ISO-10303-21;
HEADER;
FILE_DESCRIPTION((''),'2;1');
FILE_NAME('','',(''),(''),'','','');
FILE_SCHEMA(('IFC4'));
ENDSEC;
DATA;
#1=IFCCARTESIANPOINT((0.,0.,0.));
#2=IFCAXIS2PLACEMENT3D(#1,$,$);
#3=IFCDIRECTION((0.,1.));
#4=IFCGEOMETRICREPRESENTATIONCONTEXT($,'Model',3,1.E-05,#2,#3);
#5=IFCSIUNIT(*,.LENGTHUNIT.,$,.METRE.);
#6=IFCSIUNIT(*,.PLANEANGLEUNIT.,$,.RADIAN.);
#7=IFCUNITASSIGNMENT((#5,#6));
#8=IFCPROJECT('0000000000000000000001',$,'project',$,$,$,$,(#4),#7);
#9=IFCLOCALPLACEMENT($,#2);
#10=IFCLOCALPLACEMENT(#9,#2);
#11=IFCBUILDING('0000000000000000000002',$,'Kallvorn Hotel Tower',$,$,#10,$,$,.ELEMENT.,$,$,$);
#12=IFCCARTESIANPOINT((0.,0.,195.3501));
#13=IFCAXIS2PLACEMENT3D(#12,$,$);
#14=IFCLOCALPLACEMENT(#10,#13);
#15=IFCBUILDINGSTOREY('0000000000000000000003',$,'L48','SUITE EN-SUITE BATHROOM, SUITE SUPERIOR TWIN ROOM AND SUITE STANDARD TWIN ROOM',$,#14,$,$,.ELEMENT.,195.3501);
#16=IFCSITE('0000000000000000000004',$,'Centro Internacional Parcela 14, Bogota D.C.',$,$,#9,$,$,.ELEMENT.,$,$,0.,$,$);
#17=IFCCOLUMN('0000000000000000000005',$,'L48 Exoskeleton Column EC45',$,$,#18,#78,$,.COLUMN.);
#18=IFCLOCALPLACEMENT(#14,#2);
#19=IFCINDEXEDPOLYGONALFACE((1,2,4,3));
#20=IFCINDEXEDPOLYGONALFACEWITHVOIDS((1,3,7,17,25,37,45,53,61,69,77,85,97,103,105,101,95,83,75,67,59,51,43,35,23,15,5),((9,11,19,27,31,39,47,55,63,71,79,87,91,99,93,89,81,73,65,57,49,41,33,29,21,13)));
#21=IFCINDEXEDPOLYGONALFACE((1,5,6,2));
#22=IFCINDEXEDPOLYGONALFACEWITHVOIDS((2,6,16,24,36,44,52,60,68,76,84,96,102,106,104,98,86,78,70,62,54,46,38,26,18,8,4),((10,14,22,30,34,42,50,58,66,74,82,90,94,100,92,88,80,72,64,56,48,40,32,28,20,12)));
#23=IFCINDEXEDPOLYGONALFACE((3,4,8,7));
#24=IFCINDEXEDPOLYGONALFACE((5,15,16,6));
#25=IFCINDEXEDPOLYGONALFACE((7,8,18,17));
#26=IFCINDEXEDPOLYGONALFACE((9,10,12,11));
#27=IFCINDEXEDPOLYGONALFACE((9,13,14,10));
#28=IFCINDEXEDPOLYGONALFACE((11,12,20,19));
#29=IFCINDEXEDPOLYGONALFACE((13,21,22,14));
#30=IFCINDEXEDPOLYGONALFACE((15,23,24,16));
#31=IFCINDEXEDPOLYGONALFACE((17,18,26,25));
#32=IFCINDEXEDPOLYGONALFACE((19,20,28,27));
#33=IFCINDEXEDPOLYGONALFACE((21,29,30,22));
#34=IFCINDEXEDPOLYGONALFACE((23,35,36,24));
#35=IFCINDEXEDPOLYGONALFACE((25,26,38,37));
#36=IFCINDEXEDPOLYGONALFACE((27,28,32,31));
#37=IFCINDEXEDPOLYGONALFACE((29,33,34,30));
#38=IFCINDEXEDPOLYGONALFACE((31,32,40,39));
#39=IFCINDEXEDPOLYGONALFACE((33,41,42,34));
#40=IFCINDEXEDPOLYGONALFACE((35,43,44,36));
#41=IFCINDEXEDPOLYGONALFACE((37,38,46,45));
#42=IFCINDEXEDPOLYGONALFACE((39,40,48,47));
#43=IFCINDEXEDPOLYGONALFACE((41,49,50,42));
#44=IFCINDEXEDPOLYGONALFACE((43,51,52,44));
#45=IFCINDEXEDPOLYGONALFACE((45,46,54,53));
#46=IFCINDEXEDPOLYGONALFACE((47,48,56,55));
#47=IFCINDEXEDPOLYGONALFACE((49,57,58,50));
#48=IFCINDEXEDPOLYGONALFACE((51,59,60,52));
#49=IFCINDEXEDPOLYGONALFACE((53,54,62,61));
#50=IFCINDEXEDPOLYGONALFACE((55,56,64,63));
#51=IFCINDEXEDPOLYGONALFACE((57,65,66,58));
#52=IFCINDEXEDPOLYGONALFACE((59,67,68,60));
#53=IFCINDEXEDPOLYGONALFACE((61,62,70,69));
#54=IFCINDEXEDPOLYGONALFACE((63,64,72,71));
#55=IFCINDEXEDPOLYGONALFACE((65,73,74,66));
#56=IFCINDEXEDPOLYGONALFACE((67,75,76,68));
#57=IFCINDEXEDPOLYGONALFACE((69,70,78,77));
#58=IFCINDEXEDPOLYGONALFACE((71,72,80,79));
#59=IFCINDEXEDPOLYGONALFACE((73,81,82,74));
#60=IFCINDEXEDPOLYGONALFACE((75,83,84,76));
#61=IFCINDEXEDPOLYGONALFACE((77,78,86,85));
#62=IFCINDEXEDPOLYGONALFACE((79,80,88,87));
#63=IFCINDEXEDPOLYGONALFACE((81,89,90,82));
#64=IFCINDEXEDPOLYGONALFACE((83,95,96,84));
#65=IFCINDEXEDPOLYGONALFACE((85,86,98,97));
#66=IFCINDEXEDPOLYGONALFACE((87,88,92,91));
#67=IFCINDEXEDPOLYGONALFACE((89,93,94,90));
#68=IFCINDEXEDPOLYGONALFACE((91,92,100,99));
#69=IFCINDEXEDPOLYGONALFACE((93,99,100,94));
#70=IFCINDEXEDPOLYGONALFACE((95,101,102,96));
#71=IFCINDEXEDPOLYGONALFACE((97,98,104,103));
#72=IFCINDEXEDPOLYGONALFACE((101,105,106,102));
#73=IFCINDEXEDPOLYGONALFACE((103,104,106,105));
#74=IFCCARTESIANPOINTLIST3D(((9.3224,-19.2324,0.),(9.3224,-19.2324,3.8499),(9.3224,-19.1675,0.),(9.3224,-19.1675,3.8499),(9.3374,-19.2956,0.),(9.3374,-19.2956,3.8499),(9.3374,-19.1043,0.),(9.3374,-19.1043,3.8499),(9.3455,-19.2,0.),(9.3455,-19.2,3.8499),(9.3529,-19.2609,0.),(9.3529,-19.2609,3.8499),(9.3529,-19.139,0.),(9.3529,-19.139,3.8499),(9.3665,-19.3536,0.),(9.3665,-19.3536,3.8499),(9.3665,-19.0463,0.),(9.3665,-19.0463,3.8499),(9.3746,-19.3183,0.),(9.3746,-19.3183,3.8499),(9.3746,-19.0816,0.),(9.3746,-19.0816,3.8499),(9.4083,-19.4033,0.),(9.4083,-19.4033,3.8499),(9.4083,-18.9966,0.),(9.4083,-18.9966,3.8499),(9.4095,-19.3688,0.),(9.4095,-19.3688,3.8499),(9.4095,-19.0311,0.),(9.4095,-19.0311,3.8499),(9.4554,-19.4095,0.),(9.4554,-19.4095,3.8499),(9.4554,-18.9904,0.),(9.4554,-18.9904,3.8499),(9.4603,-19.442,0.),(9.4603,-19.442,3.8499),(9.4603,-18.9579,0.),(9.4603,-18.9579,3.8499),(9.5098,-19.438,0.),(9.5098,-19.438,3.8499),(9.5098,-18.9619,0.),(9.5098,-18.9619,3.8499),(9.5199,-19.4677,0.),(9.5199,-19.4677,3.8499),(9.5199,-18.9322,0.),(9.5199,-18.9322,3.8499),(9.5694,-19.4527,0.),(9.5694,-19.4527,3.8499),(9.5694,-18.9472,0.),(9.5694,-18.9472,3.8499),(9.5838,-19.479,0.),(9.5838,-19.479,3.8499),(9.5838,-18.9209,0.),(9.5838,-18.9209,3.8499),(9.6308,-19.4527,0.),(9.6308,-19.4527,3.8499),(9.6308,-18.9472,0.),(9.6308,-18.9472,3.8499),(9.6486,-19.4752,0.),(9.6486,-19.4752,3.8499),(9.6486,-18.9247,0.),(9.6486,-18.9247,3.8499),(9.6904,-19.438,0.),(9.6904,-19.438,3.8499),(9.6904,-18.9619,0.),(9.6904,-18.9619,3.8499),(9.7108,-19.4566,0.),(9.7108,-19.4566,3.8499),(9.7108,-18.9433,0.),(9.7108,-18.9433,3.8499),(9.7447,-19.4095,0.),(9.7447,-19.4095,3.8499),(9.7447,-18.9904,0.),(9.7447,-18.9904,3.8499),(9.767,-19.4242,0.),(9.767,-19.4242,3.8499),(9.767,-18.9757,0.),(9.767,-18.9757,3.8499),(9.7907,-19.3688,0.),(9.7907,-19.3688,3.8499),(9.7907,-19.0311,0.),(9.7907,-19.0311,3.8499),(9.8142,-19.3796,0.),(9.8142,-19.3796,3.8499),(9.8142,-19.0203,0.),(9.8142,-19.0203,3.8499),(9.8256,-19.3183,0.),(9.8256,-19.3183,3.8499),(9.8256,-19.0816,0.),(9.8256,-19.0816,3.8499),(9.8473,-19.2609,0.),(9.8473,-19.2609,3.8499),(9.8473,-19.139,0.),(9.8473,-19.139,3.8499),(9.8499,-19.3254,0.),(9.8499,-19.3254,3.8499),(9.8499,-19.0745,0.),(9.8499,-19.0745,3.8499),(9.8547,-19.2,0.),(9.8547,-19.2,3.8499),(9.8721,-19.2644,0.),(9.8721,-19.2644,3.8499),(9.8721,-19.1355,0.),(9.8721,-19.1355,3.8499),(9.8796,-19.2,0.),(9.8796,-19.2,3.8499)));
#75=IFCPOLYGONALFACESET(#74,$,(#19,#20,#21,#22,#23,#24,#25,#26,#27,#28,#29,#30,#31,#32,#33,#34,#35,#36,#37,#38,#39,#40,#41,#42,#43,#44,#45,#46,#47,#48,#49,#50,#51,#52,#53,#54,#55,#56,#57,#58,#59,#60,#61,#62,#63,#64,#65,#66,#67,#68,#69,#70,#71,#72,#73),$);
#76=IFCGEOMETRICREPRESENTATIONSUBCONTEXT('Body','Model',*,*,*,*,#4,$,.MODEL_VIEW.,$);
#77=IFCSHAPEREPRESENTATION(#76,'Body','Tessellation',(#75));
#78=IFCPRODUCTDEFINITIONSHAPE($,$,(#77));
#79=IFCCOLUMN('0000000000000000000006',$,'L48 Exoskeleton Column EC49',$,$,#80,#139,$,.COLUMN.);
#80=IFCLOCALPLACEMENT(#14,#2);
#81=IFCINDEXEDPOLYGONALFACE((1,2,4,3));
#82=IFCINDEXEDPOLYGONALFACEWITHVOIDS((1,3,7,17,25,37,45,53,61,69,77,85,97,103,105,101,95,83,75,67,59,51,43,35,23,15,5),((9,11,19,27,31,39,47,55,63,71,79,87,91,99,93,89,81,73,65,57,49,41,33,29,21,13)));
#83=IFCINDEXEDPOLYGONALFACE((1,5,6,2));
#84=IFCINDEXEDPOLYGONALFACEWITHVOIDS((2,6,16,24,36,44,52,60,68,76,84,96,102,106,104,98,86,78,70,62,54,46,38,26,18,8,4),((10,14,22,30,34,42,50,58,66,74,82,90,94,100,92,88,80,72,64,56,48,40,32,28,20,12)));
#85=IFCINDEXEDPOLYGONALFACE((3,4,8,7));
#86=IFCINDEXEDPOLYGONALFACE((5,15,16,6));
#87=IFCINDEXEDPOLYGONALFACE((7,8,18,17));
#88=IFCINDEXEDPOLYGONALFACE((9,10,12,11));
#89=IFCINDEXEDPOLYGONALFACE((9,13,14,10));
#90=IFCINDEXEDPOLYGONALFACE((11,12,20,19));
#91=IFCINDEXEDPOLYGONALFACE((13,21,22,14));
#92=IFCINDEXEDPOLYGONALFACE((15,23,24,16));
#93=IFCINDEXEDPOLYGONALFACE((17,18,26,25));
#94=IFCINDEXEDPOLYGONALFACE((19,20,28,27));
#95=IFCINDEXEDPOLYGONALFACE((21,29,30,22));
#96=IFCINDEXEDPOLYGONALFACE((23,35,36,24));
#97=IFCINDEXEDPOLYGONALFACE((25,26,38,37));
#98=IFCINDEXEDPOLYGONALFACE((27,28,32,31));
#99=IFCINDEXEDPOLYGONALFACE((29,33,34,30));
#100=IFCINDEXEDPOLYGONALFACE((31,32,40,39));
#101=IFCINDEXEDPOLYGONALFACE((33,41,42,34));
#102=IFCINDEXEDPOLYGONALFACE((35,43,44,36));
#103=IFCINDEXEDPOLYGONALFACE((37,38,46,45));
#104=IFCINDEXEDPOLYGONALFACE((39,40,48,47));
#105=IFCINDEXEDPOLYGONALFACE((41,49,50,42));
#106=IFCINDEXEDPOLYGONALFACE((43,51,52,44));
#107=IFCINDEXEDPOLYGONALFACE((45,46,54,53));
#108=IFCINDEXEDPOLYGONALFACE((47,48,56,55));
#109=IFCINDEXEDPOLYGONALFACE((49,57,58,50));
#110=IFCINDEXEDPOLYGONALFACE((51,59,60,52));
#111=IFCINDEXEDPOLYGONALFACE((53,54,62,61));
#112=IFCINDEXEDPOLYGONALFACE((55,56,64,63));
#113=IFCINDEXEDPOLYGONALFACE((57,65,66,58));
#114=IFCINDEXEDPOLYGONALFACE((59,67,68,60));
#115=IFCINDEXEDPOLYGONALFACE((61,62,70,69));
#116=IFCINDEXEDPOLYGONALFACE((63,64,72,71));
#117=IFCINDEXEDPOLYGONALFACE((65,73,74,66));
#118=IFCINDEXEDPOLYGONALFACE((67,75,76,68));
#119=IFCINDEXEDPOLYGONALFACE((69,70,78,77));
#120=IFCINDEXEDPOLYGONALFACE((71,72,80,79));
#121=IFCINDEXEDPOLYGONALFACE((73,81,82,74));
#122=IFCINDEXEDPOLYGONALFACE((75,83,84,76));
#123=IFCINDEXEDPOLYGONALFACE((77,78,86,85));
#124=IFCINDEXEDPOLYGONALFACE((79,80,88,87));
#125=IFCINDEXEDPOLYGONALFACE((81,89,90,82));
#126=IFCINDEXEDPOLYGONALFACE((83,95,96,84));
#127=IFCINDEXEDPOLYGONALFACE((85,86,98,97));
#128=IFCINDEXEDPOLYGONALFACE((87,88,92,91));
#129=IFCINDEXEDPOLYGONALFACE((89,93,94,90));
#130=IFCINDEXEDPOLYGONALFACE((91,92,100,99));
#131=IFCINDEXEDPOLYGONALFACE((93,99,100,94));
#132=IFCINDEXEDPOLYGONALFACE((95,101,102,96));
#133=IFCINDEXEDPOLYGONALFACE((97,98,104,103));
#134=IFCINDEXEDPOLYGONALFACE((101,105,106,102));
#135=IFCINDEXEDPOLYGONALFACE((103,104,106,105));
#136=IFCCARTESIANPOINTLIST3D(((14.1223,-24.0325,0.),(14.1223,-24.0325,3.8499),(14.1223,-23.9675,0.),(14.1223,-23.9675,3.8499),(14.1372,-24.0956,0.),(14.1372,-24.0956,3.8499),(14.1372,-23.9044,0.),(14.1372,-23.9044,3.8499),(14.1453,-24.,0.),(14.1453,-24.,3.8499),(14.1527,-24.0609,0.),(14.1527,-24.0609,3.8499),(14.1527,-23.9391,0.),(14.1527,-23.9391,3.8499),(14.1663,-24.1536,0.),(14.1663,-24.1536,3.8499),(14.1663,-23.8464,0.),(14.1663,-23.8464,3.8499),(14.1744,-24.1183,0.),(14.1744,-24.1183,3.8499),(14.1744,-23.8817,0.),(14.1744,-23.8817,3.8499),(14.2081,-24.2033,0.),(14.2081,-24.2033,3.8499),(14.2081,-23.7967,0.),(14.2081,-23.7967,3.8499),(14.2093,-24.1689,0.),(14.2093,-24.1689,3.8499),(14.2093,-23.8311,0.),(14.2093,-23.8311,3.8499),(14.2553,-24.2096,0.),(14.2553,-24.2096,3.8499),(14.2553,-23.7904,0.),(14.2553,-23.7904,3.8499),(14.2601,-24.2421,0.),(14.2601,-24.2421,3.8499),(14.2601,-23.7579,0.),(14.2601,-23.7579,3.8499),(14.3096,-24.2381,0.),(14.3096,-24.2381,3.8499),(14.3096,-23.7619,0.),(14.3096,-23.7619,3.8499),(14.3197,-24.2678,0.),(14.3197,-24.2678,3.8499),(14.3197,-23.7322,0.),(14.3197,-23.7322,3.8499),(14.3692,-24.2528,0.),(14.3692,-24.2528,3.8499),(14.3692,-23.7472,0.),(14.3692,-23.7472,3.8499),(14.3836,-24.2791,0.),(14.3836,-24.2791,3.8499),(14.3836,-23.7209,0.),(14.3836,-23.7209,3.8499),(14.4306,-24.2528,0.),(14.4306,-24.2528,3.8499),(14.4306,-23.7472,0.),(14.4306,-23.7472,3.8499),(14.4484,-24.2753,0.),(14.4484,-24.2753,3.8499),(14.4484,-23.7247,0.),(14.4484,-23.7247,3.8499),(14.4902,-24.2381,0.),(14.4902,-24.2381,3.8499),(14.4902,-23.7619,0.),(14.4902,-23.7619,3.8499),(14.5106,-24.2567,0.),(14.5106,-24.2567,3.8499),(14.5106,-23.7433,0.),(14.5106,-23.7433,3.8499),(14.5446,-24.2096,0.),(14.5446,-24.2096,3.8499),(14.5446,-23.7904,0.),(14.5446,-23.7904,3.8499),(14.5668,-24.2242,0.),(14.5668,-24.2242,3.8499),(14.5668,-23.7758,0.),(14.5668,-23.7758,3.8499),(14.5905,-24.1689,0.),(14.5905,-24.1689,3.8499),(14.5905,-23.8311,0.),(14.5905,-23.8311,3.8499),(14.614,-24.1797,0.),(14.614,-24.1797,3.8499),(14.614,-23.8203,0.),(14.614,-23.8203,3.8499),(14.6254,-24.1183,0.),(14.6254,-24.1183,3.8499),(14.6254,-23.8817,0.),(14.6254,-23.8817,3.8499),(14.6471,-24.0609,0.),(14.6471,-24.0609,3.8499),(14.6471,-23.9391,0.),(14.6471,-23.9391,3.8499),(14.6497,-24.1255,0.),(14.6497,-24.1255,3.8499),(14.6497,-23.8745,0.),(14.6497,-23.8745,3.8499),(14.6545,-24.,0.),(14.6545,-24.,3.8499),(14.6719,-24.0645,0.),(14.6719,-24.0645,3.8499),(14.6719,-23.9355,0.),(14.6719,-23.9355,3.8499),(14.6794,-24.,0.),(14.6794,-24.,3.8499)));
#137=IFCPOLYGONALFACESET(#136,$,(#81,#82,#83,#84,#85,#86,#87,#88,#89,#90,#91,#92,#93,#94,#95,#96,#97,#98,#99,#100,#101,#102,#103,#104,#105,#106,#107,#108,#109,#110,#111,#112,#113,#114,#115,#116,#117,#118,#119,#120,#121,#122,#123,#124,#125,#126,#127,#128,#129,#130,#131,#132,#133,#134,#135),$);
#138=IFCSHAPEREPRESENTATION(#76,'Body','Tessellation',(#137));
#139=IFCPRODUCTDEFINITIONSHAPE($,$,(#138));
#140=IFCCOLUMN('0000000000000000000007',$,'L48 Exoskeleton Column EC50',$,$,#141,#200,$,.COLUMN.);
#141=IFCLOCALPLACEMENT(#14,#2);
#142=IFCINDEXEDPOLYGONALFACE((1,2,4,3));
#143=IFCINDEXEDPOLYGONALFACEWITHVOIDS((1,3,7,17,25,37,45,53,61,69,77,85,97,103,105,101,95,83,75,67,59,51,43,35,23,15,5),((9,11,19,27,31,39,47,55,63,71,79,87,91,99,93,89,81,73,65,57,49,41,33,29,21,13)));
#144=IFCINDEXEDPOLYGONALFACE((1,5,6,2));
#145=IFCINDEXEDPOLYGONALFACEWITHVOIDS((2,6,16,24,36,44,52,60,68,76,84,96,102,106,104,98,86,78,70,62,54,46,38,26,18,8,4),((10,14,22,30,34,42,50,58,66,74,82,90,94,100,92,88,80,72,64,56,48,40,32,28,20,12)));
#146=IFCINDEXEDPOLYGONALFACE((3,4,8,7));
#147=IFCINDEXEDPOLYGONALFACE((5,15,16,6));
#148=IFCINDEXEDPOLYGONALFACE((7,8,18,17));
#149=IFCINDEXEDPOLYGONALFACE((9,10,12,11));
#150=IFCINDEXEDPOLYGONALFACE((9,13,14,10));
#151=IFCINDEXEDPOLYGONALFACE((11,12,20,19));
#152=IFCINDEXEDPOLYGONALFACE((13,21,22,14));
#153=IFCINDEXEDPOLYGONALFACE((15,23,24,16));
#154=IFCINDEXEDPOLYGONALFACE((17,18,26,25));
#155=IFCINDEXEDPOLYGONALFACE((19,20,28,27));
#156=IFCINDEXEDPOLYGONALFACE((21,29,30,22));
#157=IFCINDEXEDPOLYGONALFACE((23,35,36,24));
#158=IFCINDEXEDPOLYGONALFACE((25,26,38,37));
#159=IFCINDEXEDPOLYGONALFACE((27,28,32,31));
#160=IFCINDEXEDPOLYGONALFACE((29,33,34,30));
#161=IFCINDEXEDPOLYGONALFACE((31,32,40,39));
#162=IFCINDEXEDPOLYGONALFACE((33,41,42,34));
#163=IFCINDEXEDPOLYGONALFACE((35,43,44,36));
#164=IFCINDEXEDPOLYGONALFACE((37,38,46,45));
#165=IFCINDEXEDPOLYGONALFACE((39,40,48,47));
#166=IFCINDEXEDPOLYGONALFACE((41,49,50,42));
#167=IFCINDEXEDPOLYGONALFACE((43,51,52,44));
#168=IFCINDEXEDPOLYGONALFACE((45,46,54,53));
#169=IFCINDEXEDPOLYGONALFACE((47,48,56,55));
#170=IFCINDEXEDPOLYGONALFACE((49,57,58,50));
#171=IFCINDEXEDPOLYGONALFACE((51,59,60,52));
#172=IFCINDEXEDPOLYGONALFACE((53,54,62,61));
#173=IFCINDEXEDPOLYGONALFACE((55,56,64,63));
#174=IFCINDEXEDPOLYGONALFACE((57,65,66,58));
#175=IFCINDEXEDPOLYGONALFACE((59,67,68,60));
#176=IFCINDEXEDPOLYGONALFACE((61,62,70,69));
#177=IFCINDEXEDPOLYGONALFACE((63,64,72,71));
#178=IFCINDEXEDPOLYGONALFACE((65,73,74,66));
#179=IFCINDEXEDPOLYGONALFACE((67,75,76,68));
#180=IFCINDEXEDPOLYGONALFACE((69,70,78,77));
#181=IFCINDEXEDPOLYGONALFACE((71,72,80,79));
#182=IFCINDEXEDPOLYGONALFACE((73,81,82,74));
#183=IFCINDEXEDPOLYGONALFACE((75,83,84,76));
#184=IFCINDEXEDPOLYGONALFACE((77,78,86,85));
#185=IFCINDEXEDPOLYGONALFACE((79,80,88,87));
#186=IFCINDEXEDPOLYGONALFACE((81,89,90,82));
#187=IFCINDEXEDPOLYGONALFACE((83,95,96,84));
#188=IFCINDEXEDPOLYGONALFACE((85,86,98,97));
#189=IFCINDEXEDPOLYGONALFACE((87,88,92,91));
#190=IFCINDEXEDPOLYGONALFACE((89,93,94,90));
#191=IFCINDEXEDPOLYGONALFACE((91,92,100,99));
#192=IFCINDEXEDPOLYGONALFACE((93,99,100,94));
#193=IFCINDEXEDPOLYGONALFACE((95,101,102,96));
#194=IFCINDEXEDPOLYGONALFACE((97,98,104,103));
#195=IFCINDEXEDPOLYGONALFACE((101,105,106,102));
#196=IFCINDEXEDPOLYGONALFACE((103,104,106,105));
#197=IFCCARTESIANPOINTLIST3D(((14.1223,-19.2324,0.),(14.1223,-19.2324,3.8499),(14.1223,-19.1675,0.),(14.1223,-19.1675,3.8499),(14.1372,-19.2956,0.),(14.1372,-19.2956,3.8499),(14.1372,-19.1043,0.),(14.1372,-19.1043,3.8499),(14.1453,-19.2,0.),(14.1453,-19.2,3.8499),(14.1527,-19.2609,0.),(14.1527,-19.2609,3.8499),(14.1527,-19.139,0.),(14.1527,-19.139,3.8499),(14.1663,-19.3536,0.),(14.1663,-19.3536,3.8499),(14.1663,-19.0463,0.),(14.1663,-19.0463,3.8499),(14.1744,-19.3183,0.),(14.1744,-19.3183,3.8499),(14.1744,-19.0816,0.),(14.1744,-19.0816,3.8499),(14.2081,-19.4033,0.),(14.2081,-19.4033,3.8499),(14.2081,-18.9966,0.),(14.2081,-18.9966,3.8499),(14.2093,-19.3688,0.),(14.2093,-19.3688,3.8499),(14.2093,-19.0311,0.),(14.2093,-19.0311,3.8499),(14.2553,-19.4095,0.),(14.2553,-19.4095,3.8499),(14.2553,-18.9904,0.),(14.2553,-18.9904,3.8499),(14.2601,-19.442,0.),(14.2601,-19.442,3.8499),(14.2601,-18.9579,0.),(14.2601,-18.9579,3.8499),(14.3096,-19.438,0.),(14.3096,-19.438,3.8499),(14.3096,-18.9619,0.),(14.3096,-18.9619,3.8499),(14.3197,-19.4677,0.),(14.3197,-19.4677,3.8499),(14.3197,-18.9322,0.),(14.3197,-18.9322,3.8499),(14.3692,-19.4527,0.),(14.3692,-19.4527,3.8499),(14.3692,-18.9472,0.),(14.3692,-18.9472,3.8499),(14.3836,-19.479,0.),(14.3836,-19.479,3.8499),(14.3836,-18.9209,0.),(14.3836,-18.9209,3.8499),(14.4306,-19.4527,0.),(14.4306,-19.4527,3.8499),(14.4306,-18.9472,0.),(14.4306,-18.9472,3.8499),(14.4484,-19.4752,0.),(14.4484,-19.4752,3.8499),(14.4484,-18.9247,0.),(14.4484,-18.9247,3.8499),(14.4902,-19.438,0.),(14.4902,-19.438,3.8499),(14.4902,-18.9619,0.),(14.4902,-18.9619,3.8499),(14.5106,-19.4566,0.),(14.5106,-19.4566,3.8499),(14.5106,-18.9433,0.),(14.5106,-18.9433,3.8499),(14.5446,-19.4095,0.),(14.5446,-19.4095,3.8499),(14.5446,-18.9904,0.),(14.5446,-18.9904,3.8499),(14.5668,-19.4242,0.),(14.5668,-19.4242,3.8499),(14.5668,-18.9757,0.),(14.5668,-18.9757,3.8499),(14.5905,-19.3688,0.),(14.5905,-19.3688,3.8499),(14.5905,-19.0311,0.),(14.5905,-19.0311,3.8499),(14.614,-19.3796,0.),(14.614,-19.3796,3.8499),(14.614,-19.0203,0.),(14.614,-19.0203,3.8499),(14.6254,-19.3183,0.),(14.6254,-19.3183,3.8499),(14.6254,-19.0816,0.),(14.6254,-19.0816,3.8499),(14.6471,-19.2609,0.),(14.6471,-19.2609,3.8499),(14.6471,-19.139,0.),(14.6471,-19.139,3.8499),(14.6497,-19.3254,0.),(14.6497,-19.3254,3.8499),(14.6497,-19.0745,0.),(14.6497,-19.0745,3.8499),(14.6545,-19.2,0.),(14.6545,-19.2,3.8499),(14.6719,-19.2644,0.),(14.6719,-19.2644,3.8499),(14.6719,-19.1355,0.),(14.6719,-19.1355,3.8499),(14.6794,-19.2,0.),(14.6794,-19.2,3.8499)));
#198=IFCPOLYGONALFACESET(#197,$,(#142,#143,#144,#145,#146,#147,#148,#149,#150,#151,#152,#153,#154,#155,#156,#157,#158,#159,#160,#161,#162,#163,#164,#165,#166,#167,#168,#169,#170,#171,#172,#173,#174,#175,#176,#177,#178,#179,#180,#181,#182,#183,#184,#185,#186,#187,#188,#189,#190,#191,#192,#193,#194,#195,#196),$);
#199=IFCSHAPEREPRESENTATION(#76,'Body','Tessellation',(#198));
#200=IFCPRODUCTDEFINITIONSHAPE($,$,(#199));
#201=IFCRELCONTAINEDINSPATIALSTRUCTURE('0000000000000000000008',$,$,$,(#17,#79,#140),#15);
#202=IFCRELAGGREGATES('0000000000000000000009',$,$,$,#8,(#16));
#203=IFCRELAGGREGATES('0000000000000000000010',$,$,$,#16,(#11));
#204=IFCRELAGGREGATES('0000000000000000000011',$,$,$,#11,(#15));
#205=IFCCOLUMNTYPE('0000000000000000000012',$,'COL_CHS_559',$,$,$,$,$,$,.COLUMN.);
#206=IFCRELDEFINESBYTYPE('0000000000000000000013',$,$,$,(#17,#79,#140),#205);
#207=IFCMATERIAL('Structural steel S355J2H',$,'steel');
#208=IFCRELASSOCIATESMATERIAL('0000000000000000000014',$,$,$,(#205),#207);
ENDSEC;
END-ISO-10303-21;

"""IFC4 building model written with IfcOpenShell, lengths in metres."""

from ifc_helpers import new_model, si_unit, direction, frame, origin, origin_2d, place, context, subcontext, project, spatial, hollow_circle, extrude, material, material_profile, profile_set, type_object, element, save


model = new_model("IFC4")

# Units and contexts
model_context = context("Model", 3, precision=1e-05, world=origin(), true_north=direction((0.0, 1.0)))
body_context = subcontext(model_context, "Body", "Model", "MODEL_VIEW")
ifc_project = project(units=[si_unit("LENGTHUNIT", "METRE"), si_unit("PLANEANGLEUNIT", "RADIAN")], contexts=[model_context])

# Site, building, storey
site_placement = place(None, origin())
site = spatial("IfcSite", under=ifc_project, at=site_placement, Name="Centro Internacional Parcela 14, Bogota D.C.", CompositionType="ELEMENT", RefElevation=0.0)
building_placement = place(site_placement, origin())
building = spatial("IfcBuilding", under=site, at=building_placement, Name="Kallvorn Hotel Tower", CompositionType="ELEMENT")
storey_placement = place(building_placement, frame((0.0, 0.0, 195.3501)))
storey = spatial("IfcBuildingStorey", under=building, at=storey_placement, Name="L48", Description="SUITE EN-SUITE BATHROOM, SUITE SUPERIOR TWIN ROOM AND SUITE STANDARD TWIN ROOM", CompositionType="ELEMENT", Elevation=195.3501)

# Columns
ifc_material_1 = material(Name="Structural steel S355J2H", Category="steel")
ifc_material_profile_1 = material_profile(ifc_material_1, hollow_circle(Radius=0.2795, WallThickness=0.0249, at=origin_2d()), Name="CHS 559x25")
ifc_profile_set_1 = profile_set([ifc_material_profile_1], Name="Structural steel S355J2H")
column_type_1 = type_object("IfcColumnType", Name="COL_CHS_559", PredefinedType="COLUMN", material=ifc_profile_set_1)
for number, where, z_axis, x_axis, name in (
    (1, (9.6001, -19.2, 0.0), (0.0, 0.0, 1.0), (1.0, 0.0, 0.0), "L48 Exoskeleton Column EC45"),
    (2, (14.3999, -24.0, 0.0), (0.0, 0.0, 1.0), (1.0, 0.0, 0.0), "L48 Exoskeleton Column EC49"),
    (3, (14.3999, -19.2, 0.0), (0.0, 0.0, 1.0), (1.0, 0.0, 0.0), "L48 Exoskeleton Column EC50"),
):
    element("IfcColumn", number, at=place(storey_placement, frame(where, z_axis=z_axis, x_axis=x_axis)), inside=storey, type_object=column_type_1, Name=name, PredefinedType="COLUMN", context=body_context, shape_type="SweptSolid", body=[
        extrude(hollow_circle(Radius=0.2795, WallThickness=0.0249, at=origin_2d()), origin(), (0.0, 0.0, 1.0), 3.8499),
    ])

save(model, "model.ifc")
